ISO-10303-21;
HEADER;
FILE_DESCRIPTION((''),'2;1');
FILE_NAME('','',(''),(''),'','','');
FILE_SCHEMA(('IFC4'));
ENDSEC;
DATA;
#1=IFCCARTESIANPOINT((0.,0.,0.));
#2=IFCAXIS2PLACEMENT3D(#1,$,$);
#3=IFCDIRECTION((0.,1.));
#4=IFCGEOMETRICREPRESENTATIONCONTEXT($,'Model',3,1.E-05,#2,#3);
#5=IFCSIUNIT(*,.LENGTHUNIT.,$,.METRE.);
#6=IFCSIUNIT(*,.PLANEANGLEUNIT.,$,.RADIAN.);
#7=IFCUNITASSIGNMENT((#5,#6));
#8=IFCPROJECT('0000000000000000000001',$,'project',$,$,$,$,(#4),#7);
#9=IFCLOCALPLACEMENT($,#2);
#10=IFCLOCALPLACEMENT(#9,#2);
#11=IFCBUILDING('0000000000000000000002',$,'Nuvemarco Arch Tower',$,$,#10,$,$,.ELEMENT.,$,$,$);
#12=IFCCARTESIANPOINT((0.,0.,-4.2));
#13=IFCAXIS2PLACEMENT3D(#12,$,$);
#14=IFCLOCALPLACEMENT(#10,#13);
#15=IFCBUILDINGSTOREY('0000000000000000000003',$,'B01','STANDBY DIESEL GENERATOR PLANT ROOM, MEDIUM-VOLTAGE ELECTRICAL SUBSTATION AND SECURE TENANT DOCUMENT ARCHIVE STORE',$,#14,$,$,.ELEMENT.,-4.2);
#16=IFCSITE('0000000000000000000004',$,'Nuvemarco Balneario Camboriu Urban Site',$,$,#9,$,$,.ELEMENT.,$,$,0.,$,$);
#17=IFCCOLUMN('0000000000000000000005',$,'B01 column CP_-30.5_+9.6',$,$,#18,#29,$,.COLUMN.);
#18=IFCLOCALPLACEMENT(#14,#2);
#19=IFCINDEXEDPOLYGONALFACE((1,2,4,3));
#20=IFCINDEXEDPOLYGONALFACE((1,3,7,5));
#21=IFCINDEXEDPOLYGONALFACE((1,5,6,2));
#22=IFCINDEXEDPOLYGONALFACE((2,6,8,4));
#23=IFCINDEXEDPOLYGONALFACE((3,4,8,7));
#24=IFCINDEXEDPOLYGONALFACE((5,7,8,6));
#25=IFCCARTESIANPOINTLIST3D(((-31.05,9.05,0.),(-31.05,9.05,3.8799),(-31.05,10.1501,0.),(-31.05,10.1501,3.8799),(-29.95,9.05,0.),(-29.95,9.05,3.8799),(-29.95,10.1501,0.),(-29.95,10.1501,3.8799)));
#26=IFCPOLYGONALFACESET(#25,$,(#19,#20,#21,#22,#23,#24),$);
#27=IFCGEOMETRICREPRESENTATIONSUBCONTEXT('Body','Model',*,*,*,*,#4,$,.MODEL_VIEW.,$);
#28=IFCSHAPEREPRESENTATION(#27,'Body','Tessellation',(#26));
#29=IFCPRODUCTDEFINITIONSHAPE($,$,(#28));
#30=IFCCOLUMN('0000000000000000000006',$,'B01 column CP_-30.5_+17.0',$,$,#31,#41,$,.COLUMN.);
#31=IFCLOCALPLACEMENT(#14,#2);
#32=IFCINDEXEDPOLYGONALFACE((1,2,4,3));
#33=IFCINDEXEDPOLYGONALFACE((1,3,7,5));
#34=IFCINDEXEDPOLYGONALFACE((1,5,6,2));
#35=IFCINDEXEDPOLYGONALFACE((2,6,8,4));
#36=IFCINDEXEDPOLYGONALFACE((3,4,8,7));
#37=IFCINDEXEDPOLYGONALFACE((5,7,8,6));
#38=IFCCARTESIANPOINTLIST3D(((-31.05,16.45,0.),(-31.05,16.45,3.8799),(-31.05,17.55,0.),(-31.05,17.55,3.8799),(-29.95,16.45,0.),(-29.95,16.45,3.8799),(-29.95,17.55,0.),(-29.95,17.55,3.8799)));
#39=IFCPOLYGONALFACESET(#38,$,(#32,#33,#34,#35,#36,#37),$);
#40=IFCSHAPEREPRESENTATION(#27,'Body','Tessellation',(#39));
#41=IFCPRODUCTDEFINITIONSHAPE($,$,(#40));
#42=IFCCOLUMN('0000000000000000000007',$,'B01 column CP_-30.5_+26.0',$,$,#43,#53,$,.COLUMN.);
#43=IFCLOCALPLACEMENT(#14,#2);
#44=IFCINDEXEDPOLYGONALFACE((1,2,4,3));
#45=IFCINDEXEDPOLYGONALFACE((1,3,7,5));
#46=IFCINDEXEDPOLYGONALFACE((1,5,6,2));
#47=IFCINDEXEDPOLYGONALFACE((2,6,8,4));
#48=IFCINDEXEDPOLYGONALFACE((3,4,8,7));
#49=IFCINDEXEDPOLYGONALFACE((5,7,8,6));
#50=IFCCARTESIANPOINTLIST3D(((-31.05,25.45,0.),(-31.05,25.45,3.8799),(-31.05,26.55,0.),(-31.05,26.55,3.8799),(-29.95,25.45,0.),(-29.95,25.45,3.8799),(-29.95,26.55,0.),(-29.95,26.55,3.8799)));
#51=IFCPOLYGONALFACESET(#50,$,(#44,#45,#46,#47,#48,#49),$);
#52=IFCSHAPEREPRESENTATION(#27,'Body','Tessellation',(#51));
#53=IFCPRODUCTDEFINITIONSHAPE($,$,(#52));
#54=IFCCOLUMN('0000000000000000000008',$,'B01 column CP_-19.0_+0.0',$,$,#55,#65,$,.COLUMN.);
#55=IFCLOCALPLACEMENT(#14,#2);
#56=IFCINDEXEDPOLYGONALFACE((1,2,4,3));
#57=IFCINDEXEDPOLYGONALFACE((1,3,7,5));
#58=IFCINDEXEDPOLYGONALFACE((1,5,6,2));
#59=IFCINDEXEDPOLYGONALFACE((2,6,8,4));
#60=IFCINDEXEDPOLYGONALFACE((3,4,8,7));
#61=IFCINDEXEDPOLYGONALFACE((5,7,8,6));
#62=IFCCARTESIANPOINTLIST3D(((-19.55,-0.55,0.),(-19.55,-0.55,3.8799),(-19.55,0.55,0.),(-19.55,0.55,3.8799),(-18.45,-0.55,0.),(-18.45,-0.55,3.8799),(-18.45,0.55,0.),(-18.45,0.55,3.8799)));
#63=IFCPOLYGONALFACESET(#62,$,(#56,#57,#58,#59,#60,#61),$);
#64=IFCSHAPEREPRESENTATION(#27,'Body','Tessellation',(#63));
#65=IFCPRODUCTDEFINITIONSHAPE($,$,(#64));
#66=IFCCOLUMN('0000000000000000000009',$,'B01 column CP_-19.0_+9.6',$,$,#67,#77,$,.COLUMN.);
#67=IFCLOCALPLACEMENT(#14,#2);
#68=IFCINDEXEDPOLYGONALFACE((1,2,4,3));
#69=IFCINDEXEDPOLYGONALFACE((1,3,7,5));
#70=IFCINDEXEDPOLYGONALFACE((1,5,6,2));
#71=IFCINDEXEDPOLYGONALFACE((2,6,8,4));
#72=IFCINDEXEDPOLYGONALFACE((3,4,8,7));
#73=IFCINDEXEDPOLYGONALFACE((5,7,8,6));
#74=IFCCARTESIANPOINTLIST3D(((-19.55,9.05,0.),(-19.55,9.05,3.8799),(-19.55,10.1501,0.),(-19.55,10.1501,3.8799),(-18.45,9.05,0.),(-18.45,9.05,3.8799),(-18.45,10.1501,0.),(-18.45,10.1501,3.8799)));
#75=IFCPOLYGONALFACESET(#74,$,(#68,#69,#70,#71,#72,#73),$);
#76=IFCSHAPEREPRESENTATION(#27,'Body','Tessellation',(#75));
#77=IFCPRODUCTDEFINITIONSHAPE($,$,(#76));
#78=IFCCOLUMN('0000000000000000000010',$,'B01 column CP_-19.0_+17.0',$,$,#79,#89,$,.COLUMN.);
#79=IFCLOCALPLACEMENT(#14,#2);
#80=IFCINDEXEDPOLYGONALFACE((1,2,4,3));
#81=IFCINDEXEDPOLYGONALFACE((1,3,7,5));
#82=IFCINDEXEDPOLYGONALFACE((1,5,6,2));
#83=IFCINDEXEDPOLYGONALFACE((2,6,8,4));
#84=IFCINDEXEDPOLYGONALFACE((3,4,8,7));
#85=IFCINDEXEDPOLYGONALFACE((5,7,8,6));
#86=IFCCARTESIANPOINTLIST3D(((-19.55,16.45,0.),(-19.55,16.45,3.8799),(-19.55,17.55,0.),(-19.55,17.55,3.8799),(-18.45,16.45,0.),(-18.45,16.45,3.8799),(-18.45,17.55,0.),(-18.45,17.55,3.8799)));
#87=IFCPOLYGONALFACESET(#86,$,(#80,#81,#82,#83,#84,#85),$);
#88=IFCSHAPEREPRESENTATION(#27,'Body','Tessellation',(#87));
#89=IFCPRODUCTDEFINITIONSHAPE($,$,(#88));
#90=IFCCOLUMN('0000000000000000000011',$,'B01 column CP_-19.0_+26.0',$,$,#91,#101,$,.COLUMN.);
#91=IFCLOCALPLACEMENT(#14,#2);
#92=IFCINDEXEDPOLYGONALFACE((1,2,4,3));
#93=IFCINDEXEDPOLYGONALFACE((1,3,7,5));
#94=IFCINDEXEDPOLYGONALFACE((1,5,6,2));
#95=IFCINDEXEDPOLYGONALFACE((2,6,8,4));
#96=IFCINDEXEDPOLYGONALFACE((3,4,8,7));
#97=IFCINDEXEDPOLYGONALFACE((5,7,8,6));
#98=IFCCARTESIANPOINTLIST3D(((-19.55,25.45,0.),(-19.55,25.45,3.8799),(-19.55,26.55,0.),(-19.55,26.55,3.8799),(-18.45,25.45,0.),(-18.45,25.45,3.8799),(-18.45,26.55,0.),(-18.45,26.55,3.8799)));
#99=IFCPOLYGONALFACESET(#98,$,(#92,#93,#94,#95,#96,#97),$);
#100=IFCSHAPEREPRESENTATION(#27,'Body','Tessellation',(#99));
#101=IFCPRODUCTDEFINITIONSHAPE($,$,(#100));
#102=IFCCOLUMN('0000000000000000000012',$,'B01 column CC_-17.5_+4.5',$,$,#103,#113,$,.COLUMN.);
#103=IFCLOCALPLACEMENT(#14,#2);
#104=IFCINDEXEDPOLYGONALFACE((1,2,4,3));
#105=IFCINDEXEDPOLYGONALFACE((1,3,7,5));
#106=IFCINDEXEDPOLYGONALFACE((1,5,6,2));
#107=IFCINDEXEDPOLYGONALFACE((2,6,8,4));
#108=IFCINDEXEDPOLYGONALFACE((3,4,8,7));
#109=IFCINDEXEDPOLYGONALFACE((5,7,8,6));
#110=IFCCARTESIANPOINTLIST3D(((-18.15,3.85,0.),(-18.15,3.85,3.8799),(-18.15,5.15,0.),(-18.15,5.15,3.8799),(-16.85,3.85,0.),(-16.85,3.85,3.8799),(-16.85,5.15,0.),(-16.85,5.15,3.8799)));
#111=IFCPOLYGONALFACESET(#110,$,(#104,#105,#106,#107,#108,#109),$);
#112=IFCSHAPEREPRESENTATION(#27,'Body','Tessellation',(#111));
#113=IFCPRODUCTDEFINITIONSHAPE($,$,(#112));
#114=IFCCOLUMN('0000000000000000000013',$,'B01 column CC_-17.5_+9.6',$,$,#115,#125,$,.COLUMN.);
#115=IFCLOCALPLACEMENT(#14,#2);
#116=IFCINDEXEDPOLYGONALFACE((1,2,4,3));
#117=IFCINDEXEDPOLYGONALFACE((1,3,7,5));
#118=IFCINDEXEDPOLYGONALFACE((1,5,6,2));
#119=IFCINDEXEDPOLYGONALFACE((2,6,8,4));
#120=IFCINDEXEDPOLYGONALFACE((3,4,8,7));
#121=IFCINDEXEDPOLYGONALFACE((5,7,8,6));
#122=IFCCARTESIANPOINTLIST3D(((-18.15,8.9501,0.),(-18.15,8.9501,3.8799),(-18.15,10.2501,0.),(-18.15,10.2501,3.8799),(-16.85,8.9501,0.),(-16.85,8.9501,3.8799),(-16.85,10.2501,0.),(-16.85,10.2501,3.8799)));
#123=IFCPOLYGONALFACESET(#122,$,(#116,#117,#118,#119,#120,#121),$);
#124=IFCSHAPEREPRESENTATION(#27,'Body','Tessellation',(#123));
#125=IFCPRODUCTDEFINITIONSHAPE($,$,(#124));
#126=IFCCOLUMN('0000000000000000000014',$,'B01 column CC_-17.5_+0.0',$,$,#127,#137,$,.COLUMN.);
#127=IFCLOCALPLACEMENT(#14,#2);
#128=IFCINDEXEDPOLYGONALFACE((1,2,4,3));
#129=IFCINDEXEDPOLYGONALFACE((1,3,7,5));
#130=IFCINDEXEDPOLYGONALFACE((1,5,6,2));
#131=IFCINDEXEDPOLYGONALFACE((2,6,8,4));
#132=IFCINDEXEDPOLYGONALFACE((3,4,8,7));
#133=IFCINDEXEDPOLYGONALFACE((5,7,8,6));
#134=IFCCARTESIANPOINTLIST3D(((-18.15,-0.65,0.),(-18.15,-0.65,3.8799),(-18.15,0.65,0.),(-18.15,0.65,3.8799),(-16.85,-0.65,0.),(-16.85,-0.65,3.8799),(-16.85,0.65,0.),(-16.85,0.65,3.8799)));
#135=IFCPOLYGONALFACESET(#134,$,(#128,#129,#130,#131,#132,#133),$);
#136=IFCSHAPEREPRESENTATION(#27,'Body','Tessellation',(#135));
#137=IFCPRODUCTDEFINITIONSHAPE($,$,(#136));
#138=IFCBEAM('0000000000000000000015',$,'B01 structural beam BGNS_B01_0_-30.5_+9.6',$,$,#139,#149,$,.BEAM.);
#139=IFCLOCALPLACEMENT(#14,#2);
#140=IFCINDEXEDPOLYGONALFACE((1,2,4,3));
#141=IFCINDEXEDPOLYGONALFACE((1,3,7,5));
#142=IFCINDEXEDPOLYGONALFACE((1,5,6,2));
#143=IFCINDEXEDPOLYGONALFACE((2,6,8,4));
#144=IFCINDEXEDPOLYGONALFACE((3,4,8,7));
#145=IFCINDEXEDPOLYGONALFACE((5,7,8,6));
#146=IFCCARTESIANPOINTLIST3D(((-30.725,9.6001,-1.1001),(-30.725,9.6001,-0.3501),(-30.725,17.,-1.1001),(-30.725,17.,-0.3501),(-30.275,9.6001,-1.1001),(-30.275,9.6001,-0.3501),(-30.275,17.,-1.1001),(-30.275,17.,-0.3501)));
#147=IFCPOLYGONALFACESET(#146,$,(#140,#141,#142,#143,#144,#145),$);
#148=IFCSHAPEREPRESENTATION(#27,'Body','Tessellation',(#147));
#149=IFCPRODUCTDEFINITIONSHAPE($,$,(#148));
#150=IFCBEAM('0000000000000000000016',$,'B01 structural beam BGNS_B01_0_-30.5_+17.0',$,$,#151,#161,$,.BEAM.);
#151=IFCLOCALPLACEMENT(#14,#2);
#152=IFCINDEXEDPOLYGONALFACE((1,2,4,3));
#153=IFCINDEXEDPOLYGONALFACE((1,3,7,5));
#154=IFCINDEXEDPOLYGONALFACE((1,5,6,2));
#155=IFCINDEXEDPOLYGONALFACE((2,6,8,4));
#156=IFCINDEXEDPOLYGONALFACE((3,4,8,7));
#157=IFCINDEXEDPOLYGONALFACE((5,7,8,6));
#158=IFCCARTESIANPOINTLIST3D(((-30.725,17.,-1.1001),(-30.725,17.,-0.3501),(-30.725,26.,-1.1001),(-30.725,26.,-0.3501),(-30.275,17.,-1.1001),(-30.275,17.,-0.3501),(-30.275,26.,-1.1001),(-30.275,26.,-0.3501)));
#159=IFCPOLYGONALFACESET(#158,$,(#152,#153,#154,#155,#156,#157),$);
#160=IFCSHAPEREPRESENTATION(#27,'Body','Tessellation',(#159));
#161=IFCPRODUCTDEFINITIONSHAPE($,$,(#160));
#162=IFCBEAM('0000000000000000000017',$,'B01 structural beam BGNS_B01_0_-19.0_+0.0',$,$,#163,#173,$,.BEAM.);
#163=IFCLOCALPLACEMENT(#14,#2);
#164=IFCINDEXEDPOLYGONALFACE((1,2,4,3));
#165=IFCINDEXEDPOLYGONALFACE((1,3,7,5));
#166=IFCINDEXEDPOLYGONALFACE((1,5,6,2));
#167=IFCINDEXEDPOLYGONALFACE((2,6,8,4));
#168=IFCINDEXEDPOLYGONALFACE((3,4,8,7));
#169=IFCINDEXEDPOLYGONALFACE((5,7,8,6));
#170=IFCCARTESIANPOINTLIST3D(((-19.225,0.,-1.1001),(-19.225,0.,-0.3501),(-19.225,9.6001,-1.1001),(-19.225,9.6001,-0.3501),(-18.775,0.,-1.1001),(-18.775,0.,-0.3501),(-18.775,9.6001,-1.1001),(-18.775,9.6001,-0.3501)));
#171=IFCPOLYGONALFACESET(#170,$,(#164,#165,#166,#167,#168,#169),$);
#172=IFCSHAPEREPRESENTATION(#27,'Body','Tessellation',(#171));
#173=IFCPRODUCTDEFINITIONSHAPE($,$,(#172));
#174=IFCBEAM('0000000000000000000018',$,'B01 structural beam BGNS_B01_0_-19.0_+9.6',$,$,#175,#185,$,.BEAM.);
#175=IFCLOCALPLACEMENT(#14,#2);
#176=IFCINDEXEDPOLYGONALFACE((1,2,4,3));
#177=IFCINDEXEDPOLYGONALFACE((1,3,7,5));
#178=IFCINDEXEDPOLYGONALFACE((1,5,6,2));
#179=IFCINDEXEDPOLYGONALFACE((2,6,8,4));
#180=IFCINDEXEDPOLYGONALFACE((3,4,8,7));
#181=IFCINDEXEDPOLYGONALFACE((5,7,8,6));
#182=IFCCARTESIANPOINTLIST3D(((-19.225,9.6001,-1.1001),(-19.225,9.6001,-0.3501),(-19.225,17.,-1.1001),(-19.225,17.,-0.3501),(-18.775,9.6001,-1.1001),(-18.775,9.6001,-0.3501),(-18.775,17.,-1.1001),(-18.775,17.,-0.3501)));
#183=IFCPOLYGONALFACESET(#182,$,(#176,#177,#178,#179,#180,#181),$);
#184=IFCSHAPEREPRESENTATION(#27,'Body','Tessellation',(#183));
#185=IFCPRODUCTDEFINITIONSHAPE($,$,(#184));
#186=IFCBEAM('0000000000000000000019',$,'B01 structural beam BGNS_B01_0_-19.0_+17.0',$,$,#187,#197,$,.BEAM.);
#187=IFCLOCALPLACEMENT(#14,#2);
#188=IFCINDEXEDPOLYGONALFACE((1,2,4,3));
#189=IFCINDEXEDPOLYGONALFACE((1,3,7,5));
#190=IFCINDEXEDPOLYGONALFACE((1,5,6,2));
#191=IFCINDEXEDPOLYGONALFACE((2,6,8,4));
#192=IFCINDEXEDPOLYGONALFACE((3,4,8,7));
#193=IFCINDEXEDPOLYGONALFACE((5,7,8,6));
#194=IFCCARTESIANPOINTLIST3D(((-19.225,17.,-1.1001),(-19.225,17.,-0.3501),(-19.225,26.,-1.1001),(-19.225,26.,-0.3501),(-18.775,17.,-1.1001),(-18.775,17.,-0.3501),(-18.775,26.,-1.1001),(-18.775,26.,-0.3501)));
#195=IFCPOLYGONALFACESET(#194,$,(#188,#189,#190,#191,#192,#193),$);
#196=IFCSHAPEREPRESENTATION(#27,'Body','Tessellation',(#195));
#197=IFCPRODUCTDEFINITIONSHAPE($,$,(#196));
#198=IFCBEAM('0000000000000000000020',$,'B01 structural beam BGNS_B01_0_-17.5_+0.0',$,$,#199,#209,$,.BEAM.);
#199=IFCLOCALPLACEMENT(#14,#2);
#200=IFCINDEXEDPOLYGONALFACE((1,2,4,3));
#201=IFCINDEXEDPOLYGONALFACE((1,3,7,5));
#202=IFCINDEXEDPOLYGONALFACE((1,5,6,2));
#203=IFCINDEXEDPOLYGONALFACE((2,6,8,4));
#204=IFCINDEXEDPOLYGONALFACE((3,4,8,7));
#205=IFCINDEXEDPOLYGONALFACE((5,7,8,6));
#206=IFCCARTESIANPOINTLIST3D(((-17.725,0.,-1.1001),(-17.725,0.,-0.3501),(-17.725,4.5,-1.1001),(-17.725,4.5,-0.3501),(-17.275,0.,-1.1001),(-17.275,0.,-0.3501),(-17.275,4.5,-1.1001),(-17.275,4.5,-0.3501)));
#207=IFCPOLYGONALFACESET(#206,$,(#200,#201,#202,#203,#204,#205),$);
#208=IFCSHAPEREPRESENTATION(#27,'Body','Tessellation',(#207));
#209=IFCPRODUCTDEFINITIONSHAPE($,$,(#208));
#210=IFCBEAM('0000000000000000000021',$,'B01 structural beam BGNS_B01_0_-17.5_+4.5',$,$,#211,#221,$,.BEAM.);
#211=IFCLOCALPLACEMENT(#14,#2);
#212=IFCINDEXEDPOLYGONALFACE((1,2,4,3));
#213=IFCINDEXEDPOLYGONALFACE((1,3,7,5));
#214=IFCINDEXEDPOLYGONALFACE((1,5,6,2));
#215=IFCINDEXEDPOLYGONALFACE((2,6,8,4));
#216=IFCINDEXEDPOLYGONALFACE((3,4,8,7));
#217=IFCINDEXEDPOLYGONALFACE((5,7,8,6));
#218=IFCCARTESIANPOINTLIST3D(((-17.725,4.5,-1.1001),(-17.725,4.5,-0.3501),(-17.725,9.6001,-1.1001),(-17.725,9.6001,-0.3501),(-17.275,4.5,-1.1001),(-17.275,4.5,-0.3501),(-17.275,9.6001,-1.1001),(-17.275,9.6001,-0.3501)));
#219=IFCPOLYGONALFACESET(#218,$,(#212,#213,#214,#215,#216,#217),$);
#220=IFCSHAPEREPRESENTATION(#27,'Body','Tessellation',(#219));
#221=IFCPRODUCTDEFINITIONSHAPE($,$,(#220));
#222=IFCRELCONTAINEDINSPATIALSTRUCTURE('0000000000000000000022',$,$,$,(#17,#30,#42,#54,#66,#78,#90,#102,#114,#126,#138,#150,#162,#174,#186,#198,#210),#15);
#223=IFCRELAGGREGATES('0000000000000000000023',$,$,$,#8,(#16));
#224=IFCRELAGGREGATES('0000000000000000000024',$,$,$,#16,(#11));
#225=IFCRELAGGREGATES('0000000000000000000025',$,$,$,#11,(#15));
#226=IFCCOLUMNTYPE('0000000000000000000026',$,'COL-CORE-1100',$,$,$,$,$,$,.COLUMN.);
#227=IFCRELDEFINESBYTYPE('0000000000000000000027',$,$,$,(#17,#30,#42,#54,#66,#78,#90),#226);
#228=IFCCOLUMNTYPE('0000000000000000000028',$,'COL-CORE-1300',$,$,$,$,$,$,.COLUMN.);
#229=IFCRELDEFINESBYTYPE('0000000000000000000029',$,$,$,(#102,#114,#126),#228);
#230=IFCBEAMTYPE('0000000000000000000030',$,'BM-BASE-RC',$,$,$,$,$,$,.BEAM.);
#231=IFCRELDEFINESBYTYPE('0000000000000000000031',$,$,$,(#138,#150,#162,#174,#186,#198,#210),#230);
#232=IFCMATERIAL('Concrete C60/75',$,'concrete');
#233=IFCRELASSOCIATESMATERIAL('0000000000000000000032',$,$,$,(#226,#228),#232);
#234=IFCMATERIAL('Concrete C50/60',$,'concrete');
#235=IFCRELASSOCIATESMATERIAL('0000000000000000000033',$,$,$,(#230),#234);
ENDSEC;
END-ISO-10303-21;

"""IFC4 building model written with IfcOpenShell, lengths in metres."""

from ifc_helpers import new_model, si_unit, direction, frame, origin, origin_2d, place, context, subcontext, project, spatial, rectangle, extrude, material, material_profile, profile_set, type_object, element, save


model = new_model("IFC4")

# Units and contexts
model_context = context("Model", 3, precision=1e-05, world=origin(), true_north=direction((0.0, 1.0)))
body_context = subcontext(model_context, "Body", "Model", "MODEL_VIEW")
ifc_project = project(units=[si_unit("LENGTHUNIT", "METRE"), si_unit("PLANEANGLEUNIT", "RADIAN")], contexts=[model_context])

# Site, building, storey
site_placement = place(None, origin())
site = spatial("IfcSite", under=ifc_project, at=site_placement, Name="Nuvemarco Balneario Camboriu Urban Site", CompositionType="ELEMENT", RefElevation=0.0)
building_placement = place(site_placement, origin())
building = spatial("IfcBuilding", under=site, at=building_placement, Name="Nuvemarco Arch Tower", CompositionType="ELEMENT")
storey_placement = place(building_placement, frame((0.0, 0.0, -4.2)))
storey = spatial("IfcBuildingStorey", under=building, at=storey_placement, Name="B01", Description="STANDBY DIESEL GENERATOR PLANT ROOM, MEDIUM-VOLTAGE ELECTRICAL SUBSTATION AND SECURE TENANT DOCUMENT ARCHIVE STORE", CompositionType="ELEMENT", Elevation=-4.2)

# Columns
ifc_material_1 = material(Name="Concrete C60/75", Category="concrete")
ifc_material_profile_1 = material_profile(ifc_material_1, rectangle(XDim=1.1001, YDim=1.1001, at=origin_2d()), Name="RC-COL-1100x1100")
ifc_profile_set_1 = profile_set([ifc_material_profile_1], Name="Concrete C60/75")
column_type_1 = type_object("IfcColumnType", Name="COL-CORE-1100", PredefinedType="COLUMN", material=ifc_profile_set_1)
for number, where, z_axis, x_axis, name in (
    (1, (-30.5, 9.6001, 0.0), (0.0, 0.0, 1.0), (1.0, 0.0, 0.0), "B01 column CP_-30.5_+9.6"),
    (2, (-30.5, 17.0, 0.0), (0.0, 0.0, 1.0), (1.0, 0.0, 0.0), "B01 column CP_-30.5_+17.0"),
    (3, (-30.5, 26.0, 0.0), (0.0, 0.0, 1.0), (1.0, 0.0, 0.0), "B01 column CP_-30.5_+26.0"),
    (4, (-19.0, 0.0, 0.0), (0.0, 0.0, 1.0), (1.0, 0.0, 0.0), "B01 column CP_-19.0_+0.0"),
    (5, (-19.0, 9.6001, 0.0), (0.0, 0.0, 1.0), (1.0, 0.0, 0.0), "B01 column CP_-19.0_+9.6"),
    (6, (-19.0, 17.0, 0.0), (0.0, 0.0, 1.0), (1.0, 0.0, 0.0), "B01 column CP_-19.0_+17.0"),
    (7, (-19.0, 26.0, 0.0), (0.0, 0.0, 1.0), (1.0, 0.0, 0.0), "B01 column CP_-19.0_+26.0"),
):
    element("IfcColumn", number, at=place(storey_placement, frame(where, z_axis=z_axis, x_axis=x_axis)), inside=storey, type_object=column_type_1, Name=name, PredefinedType="COLUMN", context=body_context, shape_type="SweptSolid", body=[
        extrude(rectangle(XDim=1.1001, YDim=1.1001, at=origin_2d()), origin(), (0.0, 0.0, 1.0), 3.8799),
    ])
ifc_material_profile_2 = material_profile(ifc_material_1, rectangle(XDim=1.3, YDim=1.3, at=origin_2d()), Name="RC-COL-1300x1300")
ifc_profile_set_2 = profile_set([ifc_material_profile_2], Name="Concrete C60/75")
column_type_2 = type_object("IfcColumnType", Name="COL-CORE-1300", PredefinedType="COLUMN", material=ifc_profile_set_2)
for number, where, z_axis, x_axis, name in (
    (8, (-17.5, 4.5, 0.0), (0.0, 0.0, 1.0), (1.0, 0.0, 0.0), "B01 column CC_-17.5_+4.5"),
    (9, (-17.5, 9.6001, 0.0), (0.0, 0.0, 1.0), (1.0, 0.0, 0.0), "B01 column CC_-17.5_+9.6"),
    (10, (-17.5, 0.0, 0.0), (0.0, 0.0, 1.0), (1.0, 0.0, 0.0), "B01 column CC_-17.5_+0.0"),
):
    element("IfcColumn", number, at=place(storey_placement, frame(where, z_axis=z_axis, x_axis=x_axis)), inside=storey, type_object=column_type_2, Name=name, PredefinedType="COLUMN", context=body_context, shape_type="SweptSolid", body=[
        extrude(rectangle(XDim=1.3, YDim=1.3, at=origin_2d()), origin(), (0.0, 0.0, 1.0), 3.8799),
    ])

# Beams
ifc_material_2 = material(Name="Concrete C50/60", Category="concrete")
ifc_material_profile_3 = material_profile(ifc_material_2, rectangle(XDim=0.45, YDim=0.75, at=origin_2d()), Name="RC-BM-450x750")
ifc_profile_set_3 = profile_set([ifc_material_profile_3], Name="Concrete C50/60")
beam_type_1 = type_object("IfcBeamType", Name="BM-BASE-RC", PredefinedType="BEAM", material=ifc_profile_set_3)
beam_1_placement = place(storey_placement, frame((-30.5, 9.6001, -0.7251), z_axis=(0.0, 1.0, 0.0), x_axis=(-1.0, 0.0, 0.0)))
element("IfcBeam", 11, at=beam_1_placement, inside=storey, type_object=beam_type_1, Name="B01 structural beam BGNS_B01_0_-30.5_+9.6", PredefinedType="BEAM", context=body_context, shape_type="SweptSolid", body=[
    extrude(rectangle(XDim=0.45, YDim=0.75, at=origin_2d()), origin(), (0.0, 0.0, 1.0), 7.3999),
])
beam_2_placement = place(storey_placement, frame((-30.5, 17.0, -0.7251), z_axis=(0.0, 1.0, 0.0), x_axis=(-1.0, 0.0, 0.0)))
element("IfcBeam", 12, at=beam_2_placement, inside=storey, type_object=beam_type_1, Name="B01 structural beam BGNS_B01_0_-30.5_+17.0", PredefinedType="BEAM", context=body_context, shape_type="SweptSolid", body=[
    extrude(rectangle(XDim=0.45, YDim=0.75, at=origin_2d()), origin(), (0.0, 0.0, 1.0), 9.0),
])
beam_3_placement = place(storey_placement, frame((-19.0, 0.0, -0.7251), z_axis=(0.0, 1.0, 0.0), x_axis=(-1.0, 0.0, 0.0)))
element("IfcBeam", 13, at=beam_3_placement, inside=storey, type_object=beam_type_1, Name="B01 structural beam BGNS_B01_0_-19.0_+0.0", PredefinedType="BEAM", context=body_context, shape_type="SweptSolid", body=[
    extrude(rectangle(XDim=0.45, YDim=0.75, at=origin_2d()), origin(), (0.0, 0.0, 1.0), 9.6001),
])
beam_4_placement = place(storey_placement, frame((-19.0, 9.6001, -0.7251), z_axis=(0.0, 1.0, 0.0), x_axis=(-1.0, 0.0, 0.0)))
element("IfcBeam", 14, at=beam_4_placement, inside=storey, type_object=beam_type_1, Name="B01 structural beam BGNS_B01_0_-19.0_+9.6", PredefinedType="BEAM", context=body_context, shape_type="SweptSolid", body=[
    extrude(rectangle(XDim=0.45, YDim=0.75, at=origin_2d()), origin(), (0.0, 0.0, 1.0), 7.3999),
])
beam_5_placement = place(storey_placement, frame((-19.0, 17.0, -0.7251), z_axis=(0.0, 1.0, 0.0), x_axis=(-1.0, 0.0, 0.0)))
element("IfcBeam", 15, at=beam_5_placement, inside=storey, type_object=beam_type_1, Name="B01 structural beam BGNS_B01_0_-19.0_+17.0", PredefinedType="BEAM", context=body_context, shape_type="SweptSolid", body=[
    extrude(rectangle(XDim=0.45, YDim=0.75, at=origin_2d()), origin(), (0.0, 0.0, 1.0), 9.0),
])
beam_6_placement = place(storey_placement, frame((-17.5, 0.0, -0.7251), z_axis=(0.0, 1.0, 0.0), x_axis=(-1.0, 0.0, 0.0)))
element("IfcBeam", 16, at=beam_6_placement, inside=storey, type_object=beam_type_1, Name="B01 structural beam BGNS_B01_0_-17.5_+0.0", PredefinedType="BEAM", context=body_context, shape_type="SweptSolid", body=[
    extrude(rectangle(XDim=0.45, YDim=0.75, at=origin_2d()), origin(), (0.0, 0.0, 1.0), 4.5),
])
beam_7_placement = place(storey_placement, frame((-17.5, 4.5, -0.7251), z_axis=(0.0, 1.0, 0.0), x_axis=(-1.0, 0.0, 0.0)))
element("IfcBeam", 17, at=beam_7_placement, inside=storey, type_object=beam_type_1, Name="B01 structural beam BGNS_B01_0_-17.5_+4.5", PredefinedType="BEAM", context=body_context, shape_type="SweptSolid", body=[
    extrude(rectangle(XDim=0.45, YDim=0.75, at=origin_2d()), origin(), (0.0, 0.0, 1.0), 5.1001),
])

save(model, "model.ifc")
